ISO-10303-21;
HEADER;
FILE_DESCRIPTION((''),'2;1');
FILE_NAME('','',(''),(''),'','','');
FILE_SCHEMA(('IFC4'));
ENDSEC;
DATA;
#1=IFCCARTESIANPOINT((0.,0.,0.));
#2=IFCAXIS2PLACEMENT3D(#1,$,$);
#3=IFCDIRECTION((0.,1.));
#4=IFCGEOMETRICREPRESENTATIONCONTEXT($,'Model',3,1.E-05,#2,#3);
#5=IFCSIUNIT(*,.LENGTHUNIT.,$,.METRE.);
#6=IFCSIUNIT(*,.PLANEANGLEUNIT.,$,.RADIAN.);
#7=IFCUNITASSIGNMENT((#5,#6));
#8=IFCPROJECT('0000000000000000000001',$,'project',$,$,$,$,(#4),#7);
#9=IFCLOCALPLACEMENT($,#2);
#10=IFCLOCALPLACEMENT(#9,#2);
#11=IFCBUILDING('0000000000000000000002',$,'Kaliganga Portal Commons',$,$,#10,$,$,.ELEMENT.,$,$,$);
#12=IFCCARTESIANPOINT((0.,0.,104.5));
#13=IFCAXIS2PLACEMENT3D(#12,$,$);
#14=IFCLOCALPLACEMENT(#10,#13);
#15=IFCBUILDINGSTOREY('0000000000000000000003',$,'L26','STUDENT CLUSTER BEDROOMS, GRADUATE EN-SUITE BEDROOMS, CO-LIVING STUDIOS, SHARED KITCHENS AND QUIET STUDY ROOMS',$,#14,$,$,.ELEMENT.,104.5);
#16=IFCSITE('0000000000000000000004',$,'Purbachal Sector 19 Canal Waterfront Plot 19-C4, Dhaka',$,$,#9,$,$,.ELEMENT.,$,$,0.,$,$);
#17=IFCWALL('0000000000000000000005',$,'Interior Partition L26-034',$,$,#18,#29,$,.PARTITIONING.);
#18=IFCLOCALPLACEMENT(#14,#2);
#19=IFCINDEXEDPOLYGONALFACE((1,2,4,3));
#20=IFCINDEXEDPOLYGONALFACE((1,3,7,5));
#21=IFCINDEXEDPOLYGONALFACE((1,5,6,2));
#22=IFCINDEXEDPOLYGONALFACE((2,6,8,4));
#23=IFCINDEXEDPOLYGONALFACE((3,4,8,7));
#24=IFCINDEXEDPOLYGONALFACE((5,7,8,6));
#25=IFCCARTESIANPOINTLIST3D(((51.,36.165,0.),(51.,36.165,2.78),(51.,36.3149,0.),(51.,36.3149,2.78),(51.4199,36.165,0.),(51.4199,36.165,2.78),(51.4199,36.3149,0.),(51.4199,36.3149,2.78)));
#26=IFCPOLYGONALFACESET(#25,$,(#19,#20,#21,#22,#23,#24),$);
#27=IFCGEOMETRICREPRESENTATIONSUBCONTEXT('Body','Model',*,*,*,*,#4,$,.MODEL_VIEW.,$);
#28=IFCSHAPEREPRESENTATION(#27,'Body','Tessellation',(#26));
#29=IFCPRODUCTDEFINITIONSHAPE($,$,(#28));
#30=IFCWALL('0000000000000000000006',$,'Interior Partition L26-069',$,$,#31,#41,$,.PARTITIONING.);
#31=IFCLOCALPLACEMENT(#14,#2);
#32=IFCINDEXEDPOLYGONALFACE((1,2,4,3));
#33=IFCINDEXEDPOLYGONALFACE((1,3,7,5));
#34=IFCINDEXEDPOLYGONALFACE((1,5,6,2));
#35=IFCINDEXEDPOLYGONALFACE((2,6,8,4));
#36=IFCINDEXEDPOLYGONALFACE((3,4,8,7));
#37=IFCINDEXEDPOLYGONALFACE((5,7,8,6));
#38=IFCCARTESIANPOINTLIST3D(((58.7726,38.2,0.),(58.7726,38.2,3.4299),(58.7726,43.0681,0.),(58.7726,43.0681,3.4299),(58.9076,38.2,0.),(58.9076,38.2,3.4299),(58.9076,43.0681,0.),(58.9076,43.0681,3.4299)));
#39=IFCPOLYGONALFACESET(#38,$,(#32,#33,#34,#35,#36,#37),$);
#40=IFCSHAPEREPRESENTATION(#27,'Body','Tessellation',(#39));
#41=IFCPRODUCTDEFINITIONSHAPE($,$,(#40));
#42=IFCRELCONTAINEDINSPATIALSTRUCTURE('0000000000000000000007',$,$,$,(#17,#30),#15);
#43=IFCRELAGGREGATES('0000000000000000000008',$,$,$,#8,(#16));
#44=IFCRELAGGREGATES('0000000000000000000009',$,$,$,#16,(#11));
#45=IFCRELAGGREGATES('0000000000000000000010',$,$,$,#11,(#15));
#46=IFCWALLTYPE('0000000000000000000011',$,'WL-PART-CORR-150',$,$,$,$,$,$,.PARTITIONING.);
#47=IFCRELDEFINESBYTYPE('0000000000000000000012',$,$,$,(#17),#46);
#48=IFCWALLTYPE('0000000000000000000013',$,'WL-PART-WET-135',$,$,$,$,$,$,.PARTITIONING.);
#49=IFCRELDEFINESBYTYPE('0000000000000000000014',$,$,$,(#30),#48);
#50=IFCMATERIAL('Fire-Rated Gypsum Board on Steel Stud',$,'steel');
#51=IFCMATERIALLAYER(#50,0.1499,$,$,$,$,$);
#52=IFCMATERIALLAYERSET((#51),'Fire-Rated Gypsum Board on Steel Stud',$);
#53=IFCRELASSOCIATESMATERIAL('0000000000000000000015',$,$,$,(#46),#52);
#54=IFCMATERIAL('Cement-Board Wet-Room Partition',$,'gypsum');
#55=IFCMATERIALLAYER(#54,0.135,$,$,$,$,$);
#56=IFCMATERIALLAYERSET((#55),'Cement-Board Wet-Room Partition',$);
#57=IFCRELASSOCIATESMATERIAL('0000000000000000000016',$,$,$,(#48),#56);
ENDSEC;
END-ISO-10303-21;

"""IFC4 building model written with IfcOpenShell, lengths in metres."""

from ifc_helpers import new_model, si_unit, direction, frame, frame_2d, origin, place, context, subcontext, project, spatial, rectangle, extrude, material, layer, layer_set, type_object, element, save


model = new_model("IFC4")

# Units and contexts
model_context = context("Model", 3, precision=1e-05, world=origin(), true_north=direction((0.0, 1.0)))
body_context = subcontext(model_context, "Body", "Model", "MODEL_VIEW")
ifc_project = project(units=[si_unit("LENGTHUNIT", "METRE"), si_unit("PLANEANGLEUNIT", "RADIAN")], contexts=[model_context])

# Site, building, storey
site_placement = place(None, origin())
site = spatial("IfcSite", under=ifc_project, at=site_placement, Name="Purbachal Sector 19 Canal Waterfront Plot 19-C4, Dhaka", CompositionType="ELEMENT", RefElevation=0.0)
building_placement = place(site_placement, origin())
building = spatial("IfcBuilding", under=site, at=building_placement, Name="Kaliganga Portal Commons", CompositionType="ELEMENT")
storey_placement = place(building_placement, frame((0.0, 0.0, 104.5)))
storey = spatial("IfcBuildingStorey", under=building, at=storey_placement, Name="L26", Description="STUDENT CLUSTER BEDROOMS, GRADUATE EN-SUITE BEDROOMS, CO-LIVING STUDIOS, SHARED KITCHENS AND QUIET STUDY ROOMS", CompositionType="ELEMENT", Elevation=104.5)

# Shared definitions
ifc_material_1 = material(Name="Fire-Rated Gypsum Board on Steel Stud", Category="steel")
ifc_layer_1 = layer(ifc_material_1, 0.1499)
ifc_layer_set_1 = layer_set([ifc_layer_1], Name="Fire-Rated Gypsum Board on Steel Stud")
wall_type_1 = type_object("IfcWallType", Name="WL-PART-CORR-150", PredefinedType="PARTITIONING", material=ifc_layer_set_1)

# Wall
wall_1_placement = place(storey_placement, frame((51.0, 36.24, 0.0), z_axis=(0.0, 0.0, 1.0), x_axis=(1.0, 0.0, 0.0)))
element("IfcWall", 1, at=wall_1_placement, inside=storey, type_object=wall_type_1, Name="Interior Partition L26-034", PredefinedType="PARTITIONING", context=body_context, shape_type="SweptSolid", body=[
    extrude(rectangle(XDim=0.4199, YDim=0.1499, at=frame_2d((0.21, 0.0))), origin(), (0.0, 0.0, 1.0), 2.78),
])

# Wall
ifc_material_2 = material(Name="Cement-Board Wet-Room Partition", Category="gypsum")
ifc_layer_2 = layer(ifc_material_2, 0.135)
ifc_layer_set_2 = layer_set([ifc_layer_2], Name="Cement-Board Wet-Room Partition")
wall_type_2 = type_object("IfcWallType", Name="WL-PART-WET-135", PredefinedType="PARTITIONING", material=ifc_layer_set_2)
wall_2_placement = place(storey_placement, frame((58.8401, 38.2, 0.0), z_axis=(0.0, 0.0, 1.0), x_axis=(0.0, 1.0, 0.0)))
element("IfcWall", 2, at=wall_2_placement, inside=storey, type_object=wall_type_2, Name="Interior Partition L26-069", PredefinedType="PARTITIONING", context=body_context, shape_type="SweptSolid", body=[
    extrude(rectangle(XDim=4.8682, YDim=0.135, at=frame_2d((2.4341, 0.0))), origin(), (0.0, 0.0, 1.0), 3.4299),
])

save(model, "model.ifc")
